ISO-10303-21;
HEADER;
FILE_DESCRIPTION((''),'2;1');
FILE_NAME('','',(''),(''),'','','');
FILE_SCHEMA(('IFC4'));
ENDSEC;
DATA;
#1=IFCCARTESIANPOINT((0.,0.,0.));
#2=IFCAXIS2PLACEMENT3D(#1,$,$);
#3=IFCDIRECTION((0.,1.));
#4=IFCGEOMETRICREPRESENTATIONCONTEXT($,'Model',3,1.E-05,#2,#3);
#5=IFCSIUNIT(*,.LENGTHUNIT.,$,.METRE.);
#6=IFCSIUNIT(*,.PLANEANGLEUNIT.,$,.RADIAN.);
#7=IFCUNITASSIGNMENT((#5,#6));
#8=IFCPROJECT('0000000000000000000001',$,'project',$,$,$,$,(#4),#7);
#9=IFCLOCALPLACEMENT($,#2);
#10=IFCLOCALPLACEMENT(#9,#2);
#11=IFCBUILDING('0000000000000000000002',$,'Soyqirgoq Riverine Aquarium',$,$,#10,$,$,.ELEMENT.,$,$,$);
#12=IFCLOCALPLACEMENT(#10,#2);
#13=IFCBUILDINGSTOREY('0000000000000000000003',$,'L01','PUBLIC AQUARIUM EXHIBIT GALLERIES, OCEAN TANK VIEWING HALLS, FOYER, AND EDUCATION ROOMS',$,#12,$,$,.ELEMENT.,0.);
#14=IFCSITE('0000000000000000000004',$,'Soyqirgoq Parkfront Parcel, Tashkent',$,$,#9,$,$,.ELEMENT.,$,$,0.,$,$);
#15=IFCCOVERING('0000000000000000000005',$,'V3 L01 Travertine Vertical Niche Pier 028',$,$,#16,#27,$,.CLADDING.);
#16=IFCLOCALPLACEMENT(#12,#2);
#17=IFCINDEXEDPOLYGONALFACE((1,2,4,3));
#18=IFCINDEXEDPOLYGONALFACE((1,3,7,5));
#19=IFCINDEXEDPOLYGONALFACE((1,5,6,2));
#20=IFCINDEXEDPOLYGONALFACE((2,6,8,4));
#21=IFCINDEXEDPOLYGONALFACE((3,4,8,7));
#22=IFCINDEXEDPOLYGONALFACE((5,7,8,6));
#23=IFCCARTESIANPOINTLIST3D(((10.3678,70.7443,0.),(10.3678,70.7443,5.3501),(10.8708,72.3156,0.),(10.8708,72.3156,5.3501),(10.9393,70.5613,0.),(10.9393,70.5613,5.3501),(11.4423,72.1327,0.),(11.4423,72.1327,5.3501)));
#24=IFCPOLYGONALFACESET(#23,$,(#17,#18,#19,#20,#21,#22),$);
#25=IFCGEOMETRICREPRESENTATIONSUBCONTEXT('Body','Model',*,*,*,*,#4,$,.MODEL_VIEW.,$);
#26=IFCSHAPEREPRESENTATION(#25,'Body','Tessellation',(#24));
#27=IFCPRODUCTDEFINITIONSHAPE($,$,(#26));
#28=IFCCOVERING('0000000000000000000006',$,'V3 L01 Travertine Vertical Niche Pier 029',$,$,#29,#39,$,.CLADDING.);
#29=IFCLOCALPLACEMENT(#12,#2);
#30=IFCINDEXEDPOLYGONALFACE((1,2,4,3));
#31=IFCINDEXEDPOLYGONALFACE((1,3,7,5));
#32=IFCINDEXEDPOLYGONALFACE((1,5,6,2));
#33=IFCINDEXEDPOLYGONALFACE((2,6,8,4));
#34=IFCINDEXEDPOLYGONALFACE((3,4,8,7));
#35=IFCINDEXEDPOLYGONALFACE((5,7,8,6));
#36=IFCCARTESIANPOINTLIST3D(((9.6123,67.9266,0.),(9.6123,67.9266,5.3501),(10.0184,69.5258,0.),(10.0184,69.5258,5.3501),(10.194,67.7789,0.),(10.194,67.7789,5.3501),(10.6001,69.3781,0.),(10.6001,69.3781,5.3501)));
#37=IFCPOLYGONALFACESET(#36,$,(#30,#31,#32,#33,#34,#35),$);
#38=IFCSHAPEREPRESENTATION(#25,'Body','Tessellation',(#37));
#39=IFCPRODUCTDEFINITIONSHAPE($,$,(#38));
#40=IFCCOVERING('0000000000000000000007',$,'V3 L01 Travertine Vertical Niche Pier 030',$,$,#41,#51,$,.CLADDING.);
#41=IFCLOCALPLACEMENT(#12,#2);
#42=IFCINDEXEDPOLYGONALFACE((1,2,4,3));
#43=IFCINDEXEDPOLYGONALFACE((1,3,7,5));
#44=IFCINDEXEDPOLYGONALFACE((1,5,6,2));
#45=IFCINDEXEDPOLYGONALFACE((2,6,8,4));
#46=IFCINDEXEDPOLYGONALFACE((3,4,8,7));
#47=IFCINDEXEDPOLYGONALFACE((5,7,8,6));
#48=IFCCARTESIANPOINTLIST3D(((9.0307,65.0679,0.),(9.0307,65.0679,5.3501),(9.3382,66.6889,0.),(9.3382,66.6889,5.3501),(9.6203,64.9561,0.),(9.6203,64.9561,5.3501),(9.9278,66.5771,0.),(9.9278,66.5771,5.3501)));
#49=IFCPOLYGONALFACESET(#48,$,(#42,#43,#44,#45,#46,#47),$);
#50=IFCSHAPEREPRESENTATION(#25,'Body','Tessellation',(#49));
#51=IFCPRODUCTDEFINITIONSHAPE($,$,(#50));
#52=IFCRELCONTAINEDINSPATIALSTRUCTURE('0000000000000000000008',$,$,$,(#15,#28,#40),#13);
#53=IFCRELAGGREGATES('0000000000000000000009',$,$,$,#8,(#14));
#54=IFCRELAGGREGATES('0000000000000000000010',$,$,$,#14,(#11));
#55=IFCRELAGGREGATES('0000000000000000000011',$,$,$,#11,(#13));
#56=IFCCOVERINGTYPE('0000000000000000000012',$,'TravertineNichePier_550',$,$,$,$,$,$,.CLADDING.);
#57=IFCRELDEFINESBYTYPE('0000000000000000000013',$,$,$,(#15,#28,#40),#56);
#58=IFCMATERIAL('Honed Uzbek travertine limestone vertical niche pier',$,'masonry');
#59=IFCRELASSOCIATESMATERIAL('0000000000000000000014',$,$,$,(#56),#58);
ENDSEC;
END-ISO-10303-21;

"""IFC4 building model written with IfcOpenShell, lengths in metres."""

from ifc_helpers import new_model, si_unit, direction, frame, origin, origin_2d, place, context, subcontext, project, spatial, rectangle, extrude, material, type_object, element, save


model = new_model("IFC4")

# Units and contexts
model_context = context("Model", 3, precision=1e-05, world=origin(), true_north=direction((0.0, 1.0)))
body_context = subcontext(model_context, "Body", "Model", "MODEL_VIEW")
ifc_project = project(units=[si_unit("LENGTHUNIT", "METRE"), si_unit("PLANEANGLEUNIT", "RADIAN")], contexts=[model_context])

# Site, building, storey
site_placement = place(None, origin())
site = spatial("IfcSite", under=ifc_project, at=site_placement, Name="Soyqirgoq Parkfront Parcel, Tashkent", CompositionType="ELEMENT", RefElevation=0.0)
building_placement = place(site_placement, origin())
building = spatial("IfcBuilding", under=site, at=building_placement, Name="Soyqirgoq Riverine Aquarium", CompositionType="ELEMENT")
storey_placement = place(building_placement, origin())
storey = spatial("IfcBuildingStorey", under=building, at=storey_placement, Name="L01", Description="PUBLIC AQUARIUM EXHIBIT GALLERIES, OCEAN TANK VIEWING HALLS, FOYER, AND EDUCATION ROOMS", CompositionType="ELEMENT", Elevation=0.0)

# Coverings
ifc_material_1 = material(Name="Honed Uzbek travertine limestone vertical niche pier", Category="masonry")
covering_type = type_object("IfcCoveringType", Name="TravertineNichePier_550", PredefinedType="CLADDING", material=ifc_material_1)
for number, where, z_axis, x_axis, name in (
    (1, (10.905, 71.4385, 0.0), (0.0, 0.0, 1.0), (-0.952396, 0.304864, 0.0), "V3 L01 Travertine Vertical Niche Pier 028"),
    (2, (10.1062, 68.6523, 0.0), (0.0, 0.0, 1.0), (-0.969231, 0.246153, 0.0), "V3 L01 Travertine Vertical Niche Pier 029"),
    (3, (9.4792, 65.8225, 0.0), (0.0, 0.0, 1.0), (-0.982483, 0.186353, 0.0), "V3 L01 Travertine Vertical Niche Pier 030"),
):
    element("IfcCovering", number, at=place(storey_placement, frame(where, z_axis=z_axis, x_axis=x_axis)), inside=storey, type_object=covering_type, Name=name, PredefinedType="CLADDING", context=body_context, shape_type="SweptSolid", body=[
        extrude(rectangle(XDim=0.6001, YDim=1.6499, at=origin_2d()), origin(), (0.0, 0.0, 1.0), 5.3501),
    ])

save(model, "model.ifc")
